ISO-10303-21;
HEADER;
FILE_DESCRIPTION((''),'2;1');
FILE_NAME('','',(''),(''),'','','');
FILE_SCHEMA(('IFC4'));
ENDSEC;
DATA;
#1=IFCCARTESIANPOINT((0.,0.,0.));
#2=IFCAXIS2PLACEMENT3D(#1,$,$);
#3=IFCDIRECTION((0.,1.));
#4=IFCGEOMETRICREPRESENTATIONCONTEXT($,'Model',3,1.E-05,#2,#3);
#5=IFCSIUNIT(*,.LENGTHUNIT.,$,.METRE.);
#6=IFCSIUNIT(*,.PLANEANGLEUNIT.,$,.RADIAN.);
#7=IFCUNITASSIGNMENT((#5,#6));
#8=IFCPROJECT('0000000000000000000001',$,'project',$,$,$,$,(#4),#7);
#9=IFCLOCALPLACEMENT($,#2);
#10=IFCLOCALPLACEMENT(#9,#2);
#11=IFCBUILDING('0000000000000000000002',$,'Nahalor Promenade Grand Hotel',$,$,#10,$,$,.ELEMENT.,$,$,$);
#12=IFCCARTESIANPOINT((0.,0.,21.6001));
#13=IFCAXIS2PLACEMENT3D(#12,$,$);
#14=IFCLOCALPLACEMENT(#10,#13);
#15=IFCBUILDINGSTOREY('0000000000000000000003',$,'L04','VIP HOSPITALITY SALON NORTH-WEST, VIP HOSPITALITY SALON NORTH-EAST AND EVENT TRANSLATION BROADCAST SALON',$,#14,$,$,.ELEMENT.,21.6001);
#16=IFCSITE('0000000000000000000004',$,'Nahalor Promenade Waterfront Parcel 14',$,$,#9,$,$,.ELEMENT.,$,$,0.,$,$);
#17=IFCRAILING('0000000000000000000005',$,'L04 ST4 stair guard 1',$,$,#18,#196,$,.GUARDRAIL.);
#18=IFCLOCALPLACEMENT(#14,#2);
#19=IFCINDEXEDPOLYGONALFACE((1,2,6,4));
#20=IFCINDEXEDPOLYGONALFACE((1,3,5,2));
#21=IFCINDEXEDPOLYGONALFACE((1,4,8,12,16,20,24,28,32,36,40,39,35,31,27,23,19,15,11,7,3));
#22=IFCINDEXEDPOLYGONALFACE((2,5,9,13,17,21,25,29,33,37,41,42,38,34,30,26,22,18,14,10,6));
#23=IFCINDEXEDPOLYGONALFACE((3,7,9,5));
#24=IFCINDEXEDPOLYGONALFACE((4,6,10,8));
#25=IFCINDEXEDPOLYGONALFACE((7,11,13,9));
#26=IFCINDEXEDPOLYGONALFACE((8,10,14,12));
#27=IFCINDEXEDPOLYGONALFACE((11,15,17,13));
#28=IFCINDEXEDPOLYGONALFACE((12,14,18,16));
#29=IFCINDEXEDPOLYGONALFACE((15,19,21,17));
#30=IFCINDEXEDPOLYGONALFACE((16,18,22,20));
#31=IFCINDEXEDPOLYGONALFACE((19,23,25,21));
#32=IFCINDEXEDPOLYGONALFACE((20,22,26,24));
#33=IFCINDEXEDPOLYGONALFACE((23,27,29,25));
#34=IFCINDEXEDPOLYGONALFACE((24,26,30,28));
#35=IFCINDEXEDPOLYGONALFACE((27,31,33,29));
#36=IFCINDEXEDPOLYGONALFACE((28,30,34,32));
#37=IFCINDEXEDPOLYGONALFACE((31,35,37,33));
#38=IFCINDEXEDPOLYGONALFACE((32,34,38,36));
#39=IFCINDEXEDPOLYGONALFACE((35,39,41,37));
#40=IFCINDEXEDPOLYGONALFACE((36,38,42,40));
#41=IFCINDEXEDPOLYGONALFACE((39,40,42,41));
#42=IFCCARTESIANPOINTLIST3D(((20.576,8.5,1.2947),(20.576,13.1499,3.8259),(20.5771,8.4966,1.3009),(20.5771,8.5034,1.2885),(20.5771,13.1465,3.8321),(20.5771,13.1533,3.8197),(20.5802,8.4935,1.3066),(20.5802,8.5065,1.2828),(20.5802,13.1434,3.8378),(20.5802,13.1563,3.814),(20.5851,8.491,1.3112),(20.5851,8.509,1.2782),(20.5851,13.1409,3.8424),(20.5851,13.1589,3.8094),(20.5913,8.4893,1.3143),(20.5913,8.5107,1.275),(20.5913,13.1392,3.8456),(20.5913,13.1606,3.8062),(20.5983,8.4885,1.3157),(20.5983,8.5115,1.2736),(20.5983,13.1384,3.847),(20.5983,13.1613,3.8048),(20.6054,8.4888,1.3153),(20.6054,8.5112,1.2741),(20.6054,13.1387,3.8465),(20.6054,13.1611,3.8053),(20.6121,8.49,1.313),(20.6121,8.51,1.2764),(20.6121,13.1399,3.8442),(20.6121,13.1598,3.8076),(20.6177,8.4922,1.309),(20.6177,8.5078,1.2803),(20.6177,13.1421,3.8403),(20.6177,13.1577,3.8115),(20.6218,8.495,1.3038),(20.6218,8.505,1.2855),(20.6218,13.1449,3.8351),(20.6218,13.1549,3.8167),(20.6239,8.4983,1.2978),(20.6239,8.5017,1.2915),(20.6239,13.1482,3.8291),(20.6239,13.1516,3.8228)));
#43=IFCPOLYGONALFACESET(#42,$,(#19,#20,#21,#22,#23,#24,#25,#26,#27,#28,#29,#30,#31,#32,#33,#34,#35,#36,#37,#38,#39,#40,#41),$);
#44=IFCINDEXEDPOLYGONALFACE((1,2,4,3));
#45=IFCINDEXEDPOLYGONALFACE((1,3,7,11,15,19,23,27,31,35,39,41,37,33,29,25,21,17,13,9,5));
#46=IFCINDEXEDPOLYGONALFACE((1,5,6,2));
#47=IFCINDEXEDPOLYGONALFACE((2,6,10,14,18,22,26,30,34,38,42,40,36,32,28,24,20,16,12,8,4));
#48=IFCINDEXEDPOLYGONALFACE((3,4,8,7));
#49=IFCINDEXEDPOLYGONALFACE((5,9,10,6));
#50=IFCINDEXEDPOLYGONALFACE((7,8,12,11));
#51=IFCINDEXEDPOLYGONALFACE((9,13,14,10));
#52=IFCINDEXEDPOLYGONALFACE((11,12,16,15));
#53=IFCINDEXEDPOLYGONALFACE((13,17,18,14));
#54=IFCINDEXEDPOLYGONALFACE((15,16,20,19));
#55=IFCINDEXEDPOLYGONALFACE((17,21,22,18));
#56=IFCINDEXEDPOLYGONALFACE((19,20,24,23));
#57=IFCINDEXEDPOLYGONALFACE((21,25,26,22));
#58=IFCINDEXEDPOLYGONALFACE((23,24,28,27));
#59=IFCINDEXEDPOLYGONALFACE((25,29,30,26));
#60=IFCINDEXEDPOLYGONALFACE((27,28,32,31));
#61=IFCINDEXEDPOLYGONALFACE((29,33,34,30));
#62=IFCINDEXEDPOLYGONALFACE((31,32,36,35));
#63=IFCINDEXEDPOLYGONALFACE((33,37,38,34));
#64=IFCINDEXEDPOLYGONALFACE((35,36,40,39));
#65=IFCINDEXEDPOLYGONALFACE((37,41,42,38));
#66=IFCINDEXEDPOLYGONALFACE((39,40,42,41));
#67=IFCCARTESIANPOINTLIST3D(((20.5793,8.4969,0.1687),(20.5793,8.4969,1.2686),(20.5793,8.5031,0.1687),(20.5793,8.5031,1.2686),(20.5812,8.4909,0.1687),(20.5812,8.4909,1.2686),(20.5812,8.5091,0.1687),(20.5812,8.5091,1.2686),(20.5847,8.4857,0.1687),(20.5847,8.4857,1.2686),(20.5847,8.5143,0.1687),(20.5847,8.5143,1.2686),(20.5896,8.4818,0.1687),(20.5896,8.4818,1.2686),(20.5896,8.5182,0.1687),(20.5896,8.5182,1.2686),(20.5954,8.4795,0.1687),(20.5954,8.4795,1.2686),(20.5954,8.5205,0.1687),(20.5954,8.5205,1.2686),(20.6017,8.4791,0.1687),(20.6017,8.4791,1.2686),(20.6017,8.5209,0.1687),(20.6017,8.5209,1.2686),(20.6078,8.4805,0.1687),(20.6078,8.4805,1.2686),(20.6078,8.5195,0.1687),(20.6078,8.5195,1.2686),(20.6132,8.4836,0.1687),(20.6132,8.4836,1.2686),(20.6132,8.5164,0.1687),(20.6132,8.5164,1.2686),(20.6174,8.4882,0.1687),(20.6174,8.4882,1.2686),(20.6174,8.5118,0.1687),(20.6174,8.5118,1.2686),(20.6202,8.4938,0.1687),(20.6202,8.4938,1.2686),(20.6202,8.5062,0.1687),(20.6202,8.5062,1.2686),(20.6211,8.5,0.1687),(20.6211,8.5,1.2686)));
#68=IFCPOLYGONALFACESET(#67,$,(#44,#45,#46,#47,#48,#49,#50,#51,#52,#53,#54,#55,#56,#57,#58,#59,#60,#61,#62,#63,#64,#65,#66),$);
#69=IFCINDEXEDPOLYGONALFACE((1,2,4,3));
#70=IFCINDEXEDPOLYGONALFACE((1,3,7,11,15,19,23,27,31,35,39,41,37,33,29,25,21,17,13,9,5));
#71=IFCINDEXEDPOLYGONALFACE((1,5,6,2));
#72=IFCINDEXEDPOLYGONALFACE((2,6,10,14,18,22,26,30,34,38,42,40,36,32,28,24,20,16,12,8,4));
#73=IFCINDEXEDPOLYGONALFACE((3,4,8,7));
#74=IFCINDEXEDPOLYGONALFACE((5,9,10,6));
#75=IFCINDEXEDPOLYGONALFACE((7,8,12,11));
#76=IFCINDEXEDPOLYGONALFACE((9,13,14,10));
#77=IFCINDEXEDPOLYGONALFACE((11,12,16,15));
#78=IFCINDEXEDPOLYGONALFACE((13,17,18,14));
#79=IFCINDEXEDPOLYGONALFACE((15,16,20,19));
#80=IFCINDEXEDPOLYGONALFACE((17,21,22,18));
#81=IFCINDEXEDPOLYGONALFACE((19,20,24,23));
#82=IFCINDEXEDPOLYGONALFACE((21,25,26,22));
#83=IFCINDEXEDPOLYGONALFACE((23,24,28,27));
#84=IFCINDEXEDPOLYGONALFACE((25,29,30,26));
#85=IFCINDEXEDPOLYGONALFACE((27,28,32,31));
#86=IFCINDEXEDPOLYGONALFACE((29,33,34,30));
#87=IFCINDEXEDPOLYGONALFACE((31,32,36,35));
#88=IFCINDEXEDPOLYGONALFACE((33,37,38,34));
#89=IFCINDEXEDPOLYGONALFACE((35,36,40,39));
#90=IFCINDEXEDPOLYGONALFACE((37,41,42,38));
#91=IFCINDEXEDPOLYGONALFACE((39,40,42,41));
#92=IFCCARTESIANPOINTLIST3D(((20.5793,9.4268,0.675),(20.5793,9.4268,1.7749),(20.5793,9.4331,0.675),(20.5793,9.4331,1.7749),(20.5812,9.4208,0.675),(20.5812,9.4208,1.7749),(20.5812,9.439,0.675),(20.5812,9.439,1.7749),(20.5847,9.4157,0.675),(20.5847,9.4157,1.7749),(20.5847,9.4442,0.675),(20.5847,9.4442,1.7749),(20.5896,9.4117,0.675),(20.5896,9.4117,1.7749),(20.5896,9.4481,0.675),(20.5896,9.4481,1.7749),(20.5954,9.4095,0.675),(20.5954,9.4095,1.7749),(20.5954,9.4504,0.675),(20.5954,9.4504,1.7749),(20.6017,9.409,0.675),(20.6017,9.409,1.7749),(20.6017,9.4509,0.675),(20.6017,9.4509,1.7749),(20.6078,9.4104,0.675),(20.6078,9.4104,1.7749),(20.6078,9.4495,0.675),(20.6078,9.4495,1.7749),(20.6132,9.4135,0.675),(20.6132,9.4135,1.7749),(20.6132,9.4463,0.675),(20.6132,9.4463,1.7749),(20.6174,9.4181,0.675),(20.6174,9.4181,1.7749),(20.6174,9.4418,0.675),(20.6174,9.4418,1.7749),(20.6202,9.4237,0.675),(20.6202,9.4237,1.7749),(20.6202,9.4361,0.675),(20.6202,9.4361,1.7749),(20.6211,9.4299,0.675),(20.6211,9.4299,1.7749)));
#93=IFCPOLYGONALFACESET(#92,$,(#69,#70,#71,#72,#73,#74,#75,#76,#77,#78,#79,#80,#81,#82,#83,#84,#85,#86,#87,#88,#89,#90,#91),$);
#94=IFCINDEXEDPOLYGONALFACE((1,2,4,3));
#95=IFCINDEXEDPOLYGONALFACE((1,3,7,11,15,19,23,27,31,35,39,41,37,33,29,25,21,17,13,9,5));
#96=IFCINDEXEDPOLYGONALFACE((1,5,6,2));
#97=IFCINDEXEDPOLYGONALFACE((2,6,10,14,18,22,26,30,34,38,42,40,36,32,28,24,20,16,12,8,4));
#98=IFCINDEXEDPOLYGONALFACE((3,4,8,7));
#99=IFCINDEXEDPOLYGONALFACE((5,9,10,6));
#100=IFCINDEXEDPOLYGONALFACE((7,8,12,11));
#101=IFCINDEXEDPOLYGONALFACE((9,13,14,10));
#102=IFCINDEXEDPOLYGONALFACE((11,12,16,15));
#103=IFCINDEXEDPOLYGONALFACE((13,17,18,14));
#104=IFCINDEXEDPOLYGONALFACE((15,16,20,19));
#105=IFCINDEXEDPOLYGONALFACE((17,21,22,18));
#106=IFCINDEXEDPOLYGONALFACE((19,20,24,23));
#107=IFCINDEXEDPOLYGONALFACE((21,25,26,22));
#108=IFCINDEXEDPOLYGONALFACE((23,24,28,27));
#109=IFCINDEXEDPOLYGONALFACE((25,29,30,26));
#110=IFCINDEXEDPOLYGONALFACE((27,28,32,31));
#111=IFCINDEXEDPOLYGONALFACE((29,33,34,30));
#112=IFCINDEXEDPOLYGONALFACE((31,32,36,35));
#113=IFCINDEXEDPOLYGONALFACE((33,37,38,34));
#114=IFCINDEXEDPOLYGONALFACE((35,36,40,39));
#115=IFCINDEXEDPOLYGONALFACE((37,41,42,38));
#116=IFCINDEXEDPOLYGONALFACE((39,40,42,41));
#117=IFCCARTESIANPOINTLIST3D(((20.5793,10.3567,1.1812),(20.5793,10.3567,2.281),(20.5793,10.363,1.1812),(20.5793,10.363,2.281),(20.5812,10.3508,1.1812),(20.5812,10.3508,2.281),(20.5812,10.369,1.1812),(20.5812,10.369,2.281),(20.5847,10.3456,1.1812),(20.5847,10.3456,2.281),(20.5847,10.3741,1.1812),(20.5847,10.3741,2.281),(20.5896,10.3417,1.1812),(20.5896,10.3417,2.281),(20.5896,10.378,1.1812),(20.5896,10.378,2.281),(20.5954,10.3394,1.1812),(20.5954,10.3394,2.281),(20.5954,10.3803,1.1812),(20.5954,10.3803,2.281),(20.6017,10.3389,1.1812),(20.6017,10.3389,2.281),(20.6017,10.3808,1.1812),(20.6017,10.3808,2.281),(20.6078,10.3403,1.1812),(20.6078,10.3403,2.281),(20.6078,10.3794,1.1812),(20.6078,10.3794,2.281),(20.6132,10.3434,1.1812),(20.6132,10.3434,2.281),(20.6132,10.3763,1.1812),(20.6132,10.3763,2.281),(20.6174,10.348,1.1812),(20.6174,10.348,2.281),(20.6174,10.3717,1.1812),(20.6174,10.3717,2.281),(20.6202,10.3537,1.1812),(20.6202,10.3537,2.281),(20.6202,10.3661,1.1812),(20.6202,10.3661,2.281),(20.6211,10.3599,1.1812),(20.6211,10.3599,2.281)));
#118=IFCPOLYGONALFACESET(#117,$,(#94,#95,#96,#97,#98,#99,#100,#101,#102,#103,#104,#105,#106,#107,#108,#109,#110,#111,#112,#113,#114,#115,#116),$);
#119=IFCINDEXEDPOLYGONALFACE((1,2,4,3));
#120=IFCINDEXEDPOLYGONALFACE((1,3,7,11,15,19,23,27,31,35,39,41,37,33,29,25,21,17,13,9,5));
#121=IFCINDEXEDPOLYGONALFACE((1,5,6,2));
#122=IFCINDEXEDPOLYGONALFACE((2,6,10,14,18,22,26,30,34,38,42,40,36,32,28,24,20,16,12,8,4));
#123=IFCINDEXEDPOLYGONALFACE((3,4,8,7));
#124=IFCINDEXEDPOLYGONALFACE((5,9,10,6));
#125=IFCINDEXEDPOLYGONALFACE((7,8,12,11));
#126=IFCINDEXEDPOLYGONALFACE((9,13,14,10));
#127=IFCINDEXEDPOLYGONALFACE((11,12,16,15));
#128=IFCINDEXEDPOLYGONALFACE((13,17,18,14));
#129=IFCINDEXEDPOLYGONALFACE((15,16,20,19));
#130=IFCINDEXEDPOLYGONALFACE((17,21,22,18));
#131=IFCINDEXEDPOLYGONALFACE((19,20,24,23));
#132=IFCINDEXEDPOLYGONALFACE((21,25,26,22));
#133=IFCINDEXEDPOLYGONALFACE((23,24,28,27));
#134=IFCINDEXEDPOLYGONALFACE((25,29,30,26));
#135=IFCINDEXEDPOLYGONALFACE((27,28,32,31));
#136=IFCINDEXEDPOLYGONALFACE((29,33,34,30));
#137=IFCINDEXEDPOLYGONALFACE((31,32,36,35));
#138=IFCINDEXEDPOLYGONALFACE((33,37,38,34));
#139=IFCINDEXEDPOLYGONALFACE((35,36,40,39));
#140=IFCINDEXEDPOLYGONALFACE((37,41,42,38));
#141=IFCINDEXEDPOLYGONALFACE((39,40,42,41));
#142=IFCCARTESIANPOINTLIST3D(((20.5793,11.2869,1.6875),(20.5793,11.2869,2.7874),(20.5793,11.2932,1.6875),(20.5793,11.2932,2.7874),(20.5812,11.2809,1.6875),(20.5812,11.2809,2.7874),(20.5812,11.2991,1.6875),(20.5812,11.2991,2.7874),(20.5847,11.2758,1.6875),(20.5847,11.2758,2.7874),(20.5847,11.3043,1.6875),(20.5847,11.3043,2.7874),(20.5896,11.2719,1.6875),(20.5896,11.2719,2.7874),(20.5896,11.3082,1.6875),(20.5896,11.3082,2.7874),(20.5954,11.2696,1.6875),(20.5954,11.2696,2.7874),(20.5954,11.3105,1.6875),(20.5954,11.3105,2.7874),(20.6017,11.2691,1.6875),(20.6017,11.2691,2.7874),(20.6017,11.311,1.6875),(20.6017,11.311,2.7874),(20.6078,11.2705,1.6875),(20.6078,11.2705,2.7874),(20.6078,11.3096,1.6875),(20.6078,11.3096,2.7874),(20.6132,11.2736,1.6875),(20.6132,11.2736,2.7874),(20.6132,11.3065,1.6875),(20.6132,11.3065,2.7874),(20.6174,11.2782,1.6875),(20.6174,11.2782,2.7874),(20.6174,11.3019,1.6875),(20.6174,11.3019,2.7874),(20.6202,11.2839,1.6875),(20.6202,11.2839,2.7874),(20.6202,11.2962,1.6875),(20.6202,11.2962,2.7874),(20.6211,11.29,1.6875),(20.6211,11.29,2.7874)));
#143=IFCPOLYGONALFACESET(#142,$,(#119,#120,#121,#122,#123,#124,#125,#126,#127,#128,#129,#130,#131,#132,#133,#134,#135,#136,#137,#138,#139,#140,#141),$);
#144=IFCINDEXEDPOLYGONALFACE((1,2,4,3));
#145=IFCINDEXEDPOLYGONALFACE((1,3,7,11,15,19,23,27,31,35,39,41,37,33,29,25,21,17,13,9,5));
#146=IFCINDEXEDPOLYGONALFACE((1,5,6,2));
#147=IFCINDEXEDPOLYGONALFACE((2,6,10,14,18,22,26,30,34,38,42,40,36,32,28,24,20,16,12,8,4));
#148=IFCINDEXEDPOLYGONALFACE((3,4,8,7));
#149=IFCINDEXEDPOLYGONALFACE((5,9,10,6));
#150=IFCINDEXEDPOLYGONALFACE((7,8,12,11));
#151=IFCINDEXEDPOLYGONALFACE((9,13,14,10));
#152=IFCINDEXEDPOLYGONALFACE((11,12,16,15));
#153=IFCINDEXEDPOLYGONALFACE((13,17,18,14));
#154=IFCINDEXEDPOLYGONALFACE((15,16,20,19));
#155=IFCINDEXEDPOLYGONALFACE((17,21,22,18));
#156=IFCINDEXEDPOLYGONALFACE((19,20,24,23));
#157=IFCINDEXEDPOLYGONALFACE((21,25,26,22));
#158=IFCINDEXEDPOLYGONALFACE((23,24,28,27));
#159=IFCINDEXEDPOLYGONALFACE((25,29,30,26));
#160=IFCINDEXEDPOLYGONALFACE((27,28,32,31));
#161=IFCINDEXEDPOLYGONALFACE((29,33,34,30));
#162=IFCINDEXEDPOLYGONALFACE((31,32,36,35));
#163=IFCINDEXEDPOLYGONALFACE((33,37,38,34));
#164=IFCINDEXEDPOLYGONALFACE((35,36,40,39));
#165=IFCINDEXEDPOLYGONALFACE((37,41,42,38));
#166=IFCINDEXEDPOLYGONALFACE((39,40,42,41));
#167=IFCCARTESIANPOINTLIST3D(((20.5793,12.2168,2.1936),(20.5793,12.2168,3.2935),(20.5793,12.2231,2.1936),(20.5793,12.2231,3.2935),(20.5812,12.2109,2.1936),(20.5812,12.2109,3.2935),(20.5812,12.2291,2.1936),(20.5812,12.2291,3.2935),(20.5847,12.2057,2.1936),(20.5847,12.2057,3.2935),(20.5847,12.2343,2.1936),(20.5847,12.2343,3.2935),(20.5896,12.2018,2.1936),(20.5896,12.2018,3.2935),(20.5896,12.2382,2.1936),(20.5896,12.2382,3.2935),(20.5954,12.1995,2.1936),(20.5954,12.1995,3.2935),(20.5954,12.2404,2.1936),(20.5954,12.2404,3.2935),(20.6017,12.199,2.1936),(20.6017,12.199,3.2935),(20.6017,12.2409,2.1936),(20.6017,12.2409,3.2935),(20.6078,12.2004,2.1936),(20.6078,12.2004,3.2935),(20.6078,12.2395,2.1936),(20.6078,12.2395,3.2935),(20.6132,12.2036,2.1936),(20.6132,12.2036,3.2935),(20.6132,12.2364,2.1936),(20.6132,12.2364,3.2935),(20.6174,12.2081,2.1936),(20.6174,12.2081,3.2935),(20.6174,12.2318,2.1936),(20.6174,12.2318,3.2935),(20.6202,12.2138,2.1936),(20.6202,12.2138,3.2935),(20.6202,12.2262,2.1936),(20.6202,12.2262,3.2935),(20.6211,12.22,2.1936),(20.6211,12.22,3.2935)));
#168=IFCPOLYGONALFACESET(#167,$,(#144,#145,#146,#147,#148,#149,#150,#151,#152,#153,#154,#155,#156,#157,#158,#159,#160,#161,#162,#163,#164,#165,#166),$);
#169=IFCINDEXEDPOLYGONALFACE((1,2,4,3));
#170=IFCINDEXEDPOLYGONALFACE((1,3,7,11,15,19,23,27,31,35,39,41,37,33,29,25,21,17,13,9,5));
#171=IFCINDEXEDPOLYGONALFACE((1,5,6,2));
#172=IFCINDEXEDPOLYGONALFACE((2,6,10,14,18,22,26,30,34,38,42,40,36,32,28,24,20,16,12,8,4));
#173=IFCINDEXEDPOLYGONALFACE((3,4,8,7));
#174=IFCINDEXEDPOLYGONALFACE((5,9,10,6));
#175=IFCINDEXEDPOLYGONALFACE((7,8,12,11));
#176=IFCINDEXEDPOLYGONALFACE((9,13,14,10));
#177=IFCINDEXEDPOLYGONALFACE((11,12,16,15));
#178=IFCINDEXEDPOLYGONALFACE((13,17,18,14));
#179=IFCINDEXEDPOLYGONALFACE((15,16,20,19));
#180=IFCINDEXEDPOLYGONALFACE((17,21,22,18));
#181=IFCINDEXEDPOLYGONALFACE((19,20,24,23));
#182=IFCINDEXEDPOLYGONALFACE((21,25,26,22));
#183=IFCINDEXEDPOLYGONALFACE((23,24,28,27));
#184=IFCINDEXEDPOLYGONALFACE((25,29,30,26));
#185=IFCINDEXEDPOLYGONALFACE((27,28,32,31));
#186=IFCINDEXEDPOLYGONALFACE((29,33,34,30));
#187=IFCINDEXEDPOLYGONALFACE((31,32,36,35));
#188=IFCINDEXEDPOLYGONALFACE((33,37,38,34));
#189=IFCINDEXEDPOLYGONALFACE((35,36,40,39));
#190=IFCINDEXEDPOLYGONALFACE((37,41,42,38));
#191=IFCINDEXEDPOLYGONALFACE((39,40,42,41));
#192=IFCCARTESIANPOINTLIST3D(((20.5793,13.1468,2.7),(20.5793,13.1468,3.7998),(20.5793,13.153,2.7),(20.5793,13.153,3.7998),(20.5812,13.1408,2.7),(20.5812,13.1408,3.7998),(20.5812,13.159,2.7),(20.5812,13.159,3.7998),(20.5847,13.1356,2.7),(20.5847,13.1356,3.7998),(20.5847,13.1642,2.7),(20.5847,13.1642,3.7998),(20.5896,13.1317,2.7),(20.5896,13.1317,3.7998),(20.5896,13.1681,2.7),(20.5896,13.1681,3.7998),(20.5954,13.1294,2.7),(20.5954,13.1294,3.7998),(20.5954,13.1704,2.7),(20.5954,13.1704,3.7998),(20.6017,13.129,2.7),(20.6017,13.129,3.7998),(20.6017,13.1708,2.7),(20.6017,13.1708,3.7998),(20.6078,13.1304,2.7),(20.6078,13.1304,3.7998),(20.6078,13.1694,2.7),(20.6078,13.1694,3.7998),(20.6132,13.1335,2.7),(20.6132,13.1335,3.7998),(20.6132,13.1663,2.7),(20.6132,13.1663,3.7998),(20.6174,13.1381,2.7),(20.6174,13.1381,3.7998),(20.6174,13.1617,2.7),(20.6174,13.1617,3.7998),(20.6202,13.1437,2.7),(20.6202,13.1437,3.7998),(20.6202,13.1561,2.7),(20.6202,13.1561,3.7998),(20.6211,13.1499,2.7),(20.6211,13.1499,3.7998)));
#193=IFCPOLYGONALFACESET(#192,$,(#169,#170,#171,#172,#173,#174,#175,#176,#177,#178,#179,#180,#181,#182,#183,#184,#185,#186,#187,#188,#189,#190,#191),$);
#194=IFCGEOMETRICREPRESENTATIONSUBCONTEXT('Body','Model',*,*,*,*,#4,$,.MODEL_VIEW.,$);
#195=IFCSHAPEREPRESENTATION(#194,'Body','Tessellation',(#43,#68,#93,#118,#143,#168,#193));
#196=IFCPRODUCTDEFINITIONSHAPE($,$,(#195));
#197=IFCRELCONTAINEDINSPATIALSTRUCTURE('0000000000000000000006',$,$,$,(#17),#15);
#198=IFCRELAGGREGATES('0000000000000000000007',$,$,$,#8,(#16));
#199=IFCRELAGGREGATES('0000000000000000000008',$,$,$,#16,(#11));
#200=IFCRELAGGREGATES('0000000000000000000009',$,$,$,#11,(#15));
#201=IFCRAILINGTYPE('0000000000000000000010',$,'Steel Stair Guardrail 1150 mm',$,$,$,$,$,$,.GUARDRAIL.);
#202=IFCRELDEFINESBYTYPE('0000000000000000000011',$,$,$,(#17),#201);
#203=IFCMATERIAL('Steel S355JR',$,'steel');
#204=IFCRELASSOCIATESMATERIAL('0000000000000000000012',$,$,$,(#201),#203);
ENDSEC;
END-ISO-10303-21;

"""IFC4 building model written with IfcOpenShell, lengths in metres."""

from ifc_helpers import new_model, si_unit, direction, frame, origin, origin_2d, place, context, subcontext, project, spatial, circle, extrude, material, type_object, element, save


model = new_model("IFC4")

# Units and contexts
model_context = context("Model", 3, precision=1e-05, world=origin(), true_north=direction((0.0, 1.0)))
body_context = subcontext(model_context, "Body", "Model", "MODEL_VIEW")
ifc_project = project(units=[si_unit("LENGTHUNIT", "METRE"), si_unit("PLANEANGLEUNIT", "RADIAN")], contexts=[model_context])

# Site, building, storey
site_placement = place(None, origin())
site = spatial("IfcSite", under=ifc_project, at=site_placement, Name="Nahalor Promenade Waterfront Parcel 14", CompositionType="ELEMENT", RefElevation=0.0)
building_placement = place(site_placement, origin())
building = spatial("IfcBuilding", under=site, at=building_placement, Name="Nahalor Promenade Grand Hotel", CompositionType="ELEMENT")
storey_placement = place(building_placement, frame((0.0, 0.0, 21.6001)))
storey = spatial("IfcBuildingStorey", under=building, at=storey_placement, Name="L04", Description="VIP HOSPITALITY SALON NORTH-WEST, VIP HOSPITALITY SALON NORTH-EAST AND EVENT TRANSLATION BROADCAST SALON", CompositionType="ELEMENT", Elevation=21.6001)

# Shared definitions
ifc_material_1 = material(Name="Steel S355JR", Category="steel")

# Railing
railing_type_1 = type_object("IfcRailingType", Name="Steel Stair Guardrail 1150 mm", PredefinedType="GUARDRAIL", material=ifc_material_1)
railing_1_placement = place(storey_placement, frame((20.6001, 8.5, 0.1687)))
element("IfcRailing", 1, at=railing_1_placement, inside=storey, type_object=railing_type_1, Name="L04 ST4 stair guard 1", PredefinedType="GUARDRAIL", context=body_context, shape_type="SweptSolid", body=[
    extrude(circle(Radius=0.024, at=origin_2d()), frame((0.0, 0.0, 1.126), z_axis=(0.0, 0.878297, 0.478115), x_axis=(-1.0, 0.0, 0.0)), (0.0, 0.0, 1.0), 5.2942),
    extrude(circle(Radius=0.021, at=origin_2d()), origin(), (0.0, 0.0, 1.0), 1.0999),
    extrude(circle(Radius=0.021, at=origin_2d()), frame((0.0, 0.9299, 0.5063)), (0.0, 0.0, 1.0), 1.0999),
    extrude(circle(Radius=0.021, at=origin_2d()), frame((0.0, 1.8599, 1.0125)), (0.0, 0.0, 1.0), 1.0999),
    extrude(circle(Radius=0.021, at=origin_2d()), frame((0.0, 2.79, 1.5188)), (0.0, 0.0, 1.0), 1.0999),
    extrude(circle(Radius=0.021, at=origin_2d()), frame((0.0, 3.72, 2.0249)), (0.0, 0.0, 1.0), 1.0999),
    extrude(circle(Radius=0.021, at=origin_2d()), frame((0.0, 4.6499, 2.5312)), (0.0, 0.0, 1.0), 1.0999),
])

save(model, "model.ifc")
